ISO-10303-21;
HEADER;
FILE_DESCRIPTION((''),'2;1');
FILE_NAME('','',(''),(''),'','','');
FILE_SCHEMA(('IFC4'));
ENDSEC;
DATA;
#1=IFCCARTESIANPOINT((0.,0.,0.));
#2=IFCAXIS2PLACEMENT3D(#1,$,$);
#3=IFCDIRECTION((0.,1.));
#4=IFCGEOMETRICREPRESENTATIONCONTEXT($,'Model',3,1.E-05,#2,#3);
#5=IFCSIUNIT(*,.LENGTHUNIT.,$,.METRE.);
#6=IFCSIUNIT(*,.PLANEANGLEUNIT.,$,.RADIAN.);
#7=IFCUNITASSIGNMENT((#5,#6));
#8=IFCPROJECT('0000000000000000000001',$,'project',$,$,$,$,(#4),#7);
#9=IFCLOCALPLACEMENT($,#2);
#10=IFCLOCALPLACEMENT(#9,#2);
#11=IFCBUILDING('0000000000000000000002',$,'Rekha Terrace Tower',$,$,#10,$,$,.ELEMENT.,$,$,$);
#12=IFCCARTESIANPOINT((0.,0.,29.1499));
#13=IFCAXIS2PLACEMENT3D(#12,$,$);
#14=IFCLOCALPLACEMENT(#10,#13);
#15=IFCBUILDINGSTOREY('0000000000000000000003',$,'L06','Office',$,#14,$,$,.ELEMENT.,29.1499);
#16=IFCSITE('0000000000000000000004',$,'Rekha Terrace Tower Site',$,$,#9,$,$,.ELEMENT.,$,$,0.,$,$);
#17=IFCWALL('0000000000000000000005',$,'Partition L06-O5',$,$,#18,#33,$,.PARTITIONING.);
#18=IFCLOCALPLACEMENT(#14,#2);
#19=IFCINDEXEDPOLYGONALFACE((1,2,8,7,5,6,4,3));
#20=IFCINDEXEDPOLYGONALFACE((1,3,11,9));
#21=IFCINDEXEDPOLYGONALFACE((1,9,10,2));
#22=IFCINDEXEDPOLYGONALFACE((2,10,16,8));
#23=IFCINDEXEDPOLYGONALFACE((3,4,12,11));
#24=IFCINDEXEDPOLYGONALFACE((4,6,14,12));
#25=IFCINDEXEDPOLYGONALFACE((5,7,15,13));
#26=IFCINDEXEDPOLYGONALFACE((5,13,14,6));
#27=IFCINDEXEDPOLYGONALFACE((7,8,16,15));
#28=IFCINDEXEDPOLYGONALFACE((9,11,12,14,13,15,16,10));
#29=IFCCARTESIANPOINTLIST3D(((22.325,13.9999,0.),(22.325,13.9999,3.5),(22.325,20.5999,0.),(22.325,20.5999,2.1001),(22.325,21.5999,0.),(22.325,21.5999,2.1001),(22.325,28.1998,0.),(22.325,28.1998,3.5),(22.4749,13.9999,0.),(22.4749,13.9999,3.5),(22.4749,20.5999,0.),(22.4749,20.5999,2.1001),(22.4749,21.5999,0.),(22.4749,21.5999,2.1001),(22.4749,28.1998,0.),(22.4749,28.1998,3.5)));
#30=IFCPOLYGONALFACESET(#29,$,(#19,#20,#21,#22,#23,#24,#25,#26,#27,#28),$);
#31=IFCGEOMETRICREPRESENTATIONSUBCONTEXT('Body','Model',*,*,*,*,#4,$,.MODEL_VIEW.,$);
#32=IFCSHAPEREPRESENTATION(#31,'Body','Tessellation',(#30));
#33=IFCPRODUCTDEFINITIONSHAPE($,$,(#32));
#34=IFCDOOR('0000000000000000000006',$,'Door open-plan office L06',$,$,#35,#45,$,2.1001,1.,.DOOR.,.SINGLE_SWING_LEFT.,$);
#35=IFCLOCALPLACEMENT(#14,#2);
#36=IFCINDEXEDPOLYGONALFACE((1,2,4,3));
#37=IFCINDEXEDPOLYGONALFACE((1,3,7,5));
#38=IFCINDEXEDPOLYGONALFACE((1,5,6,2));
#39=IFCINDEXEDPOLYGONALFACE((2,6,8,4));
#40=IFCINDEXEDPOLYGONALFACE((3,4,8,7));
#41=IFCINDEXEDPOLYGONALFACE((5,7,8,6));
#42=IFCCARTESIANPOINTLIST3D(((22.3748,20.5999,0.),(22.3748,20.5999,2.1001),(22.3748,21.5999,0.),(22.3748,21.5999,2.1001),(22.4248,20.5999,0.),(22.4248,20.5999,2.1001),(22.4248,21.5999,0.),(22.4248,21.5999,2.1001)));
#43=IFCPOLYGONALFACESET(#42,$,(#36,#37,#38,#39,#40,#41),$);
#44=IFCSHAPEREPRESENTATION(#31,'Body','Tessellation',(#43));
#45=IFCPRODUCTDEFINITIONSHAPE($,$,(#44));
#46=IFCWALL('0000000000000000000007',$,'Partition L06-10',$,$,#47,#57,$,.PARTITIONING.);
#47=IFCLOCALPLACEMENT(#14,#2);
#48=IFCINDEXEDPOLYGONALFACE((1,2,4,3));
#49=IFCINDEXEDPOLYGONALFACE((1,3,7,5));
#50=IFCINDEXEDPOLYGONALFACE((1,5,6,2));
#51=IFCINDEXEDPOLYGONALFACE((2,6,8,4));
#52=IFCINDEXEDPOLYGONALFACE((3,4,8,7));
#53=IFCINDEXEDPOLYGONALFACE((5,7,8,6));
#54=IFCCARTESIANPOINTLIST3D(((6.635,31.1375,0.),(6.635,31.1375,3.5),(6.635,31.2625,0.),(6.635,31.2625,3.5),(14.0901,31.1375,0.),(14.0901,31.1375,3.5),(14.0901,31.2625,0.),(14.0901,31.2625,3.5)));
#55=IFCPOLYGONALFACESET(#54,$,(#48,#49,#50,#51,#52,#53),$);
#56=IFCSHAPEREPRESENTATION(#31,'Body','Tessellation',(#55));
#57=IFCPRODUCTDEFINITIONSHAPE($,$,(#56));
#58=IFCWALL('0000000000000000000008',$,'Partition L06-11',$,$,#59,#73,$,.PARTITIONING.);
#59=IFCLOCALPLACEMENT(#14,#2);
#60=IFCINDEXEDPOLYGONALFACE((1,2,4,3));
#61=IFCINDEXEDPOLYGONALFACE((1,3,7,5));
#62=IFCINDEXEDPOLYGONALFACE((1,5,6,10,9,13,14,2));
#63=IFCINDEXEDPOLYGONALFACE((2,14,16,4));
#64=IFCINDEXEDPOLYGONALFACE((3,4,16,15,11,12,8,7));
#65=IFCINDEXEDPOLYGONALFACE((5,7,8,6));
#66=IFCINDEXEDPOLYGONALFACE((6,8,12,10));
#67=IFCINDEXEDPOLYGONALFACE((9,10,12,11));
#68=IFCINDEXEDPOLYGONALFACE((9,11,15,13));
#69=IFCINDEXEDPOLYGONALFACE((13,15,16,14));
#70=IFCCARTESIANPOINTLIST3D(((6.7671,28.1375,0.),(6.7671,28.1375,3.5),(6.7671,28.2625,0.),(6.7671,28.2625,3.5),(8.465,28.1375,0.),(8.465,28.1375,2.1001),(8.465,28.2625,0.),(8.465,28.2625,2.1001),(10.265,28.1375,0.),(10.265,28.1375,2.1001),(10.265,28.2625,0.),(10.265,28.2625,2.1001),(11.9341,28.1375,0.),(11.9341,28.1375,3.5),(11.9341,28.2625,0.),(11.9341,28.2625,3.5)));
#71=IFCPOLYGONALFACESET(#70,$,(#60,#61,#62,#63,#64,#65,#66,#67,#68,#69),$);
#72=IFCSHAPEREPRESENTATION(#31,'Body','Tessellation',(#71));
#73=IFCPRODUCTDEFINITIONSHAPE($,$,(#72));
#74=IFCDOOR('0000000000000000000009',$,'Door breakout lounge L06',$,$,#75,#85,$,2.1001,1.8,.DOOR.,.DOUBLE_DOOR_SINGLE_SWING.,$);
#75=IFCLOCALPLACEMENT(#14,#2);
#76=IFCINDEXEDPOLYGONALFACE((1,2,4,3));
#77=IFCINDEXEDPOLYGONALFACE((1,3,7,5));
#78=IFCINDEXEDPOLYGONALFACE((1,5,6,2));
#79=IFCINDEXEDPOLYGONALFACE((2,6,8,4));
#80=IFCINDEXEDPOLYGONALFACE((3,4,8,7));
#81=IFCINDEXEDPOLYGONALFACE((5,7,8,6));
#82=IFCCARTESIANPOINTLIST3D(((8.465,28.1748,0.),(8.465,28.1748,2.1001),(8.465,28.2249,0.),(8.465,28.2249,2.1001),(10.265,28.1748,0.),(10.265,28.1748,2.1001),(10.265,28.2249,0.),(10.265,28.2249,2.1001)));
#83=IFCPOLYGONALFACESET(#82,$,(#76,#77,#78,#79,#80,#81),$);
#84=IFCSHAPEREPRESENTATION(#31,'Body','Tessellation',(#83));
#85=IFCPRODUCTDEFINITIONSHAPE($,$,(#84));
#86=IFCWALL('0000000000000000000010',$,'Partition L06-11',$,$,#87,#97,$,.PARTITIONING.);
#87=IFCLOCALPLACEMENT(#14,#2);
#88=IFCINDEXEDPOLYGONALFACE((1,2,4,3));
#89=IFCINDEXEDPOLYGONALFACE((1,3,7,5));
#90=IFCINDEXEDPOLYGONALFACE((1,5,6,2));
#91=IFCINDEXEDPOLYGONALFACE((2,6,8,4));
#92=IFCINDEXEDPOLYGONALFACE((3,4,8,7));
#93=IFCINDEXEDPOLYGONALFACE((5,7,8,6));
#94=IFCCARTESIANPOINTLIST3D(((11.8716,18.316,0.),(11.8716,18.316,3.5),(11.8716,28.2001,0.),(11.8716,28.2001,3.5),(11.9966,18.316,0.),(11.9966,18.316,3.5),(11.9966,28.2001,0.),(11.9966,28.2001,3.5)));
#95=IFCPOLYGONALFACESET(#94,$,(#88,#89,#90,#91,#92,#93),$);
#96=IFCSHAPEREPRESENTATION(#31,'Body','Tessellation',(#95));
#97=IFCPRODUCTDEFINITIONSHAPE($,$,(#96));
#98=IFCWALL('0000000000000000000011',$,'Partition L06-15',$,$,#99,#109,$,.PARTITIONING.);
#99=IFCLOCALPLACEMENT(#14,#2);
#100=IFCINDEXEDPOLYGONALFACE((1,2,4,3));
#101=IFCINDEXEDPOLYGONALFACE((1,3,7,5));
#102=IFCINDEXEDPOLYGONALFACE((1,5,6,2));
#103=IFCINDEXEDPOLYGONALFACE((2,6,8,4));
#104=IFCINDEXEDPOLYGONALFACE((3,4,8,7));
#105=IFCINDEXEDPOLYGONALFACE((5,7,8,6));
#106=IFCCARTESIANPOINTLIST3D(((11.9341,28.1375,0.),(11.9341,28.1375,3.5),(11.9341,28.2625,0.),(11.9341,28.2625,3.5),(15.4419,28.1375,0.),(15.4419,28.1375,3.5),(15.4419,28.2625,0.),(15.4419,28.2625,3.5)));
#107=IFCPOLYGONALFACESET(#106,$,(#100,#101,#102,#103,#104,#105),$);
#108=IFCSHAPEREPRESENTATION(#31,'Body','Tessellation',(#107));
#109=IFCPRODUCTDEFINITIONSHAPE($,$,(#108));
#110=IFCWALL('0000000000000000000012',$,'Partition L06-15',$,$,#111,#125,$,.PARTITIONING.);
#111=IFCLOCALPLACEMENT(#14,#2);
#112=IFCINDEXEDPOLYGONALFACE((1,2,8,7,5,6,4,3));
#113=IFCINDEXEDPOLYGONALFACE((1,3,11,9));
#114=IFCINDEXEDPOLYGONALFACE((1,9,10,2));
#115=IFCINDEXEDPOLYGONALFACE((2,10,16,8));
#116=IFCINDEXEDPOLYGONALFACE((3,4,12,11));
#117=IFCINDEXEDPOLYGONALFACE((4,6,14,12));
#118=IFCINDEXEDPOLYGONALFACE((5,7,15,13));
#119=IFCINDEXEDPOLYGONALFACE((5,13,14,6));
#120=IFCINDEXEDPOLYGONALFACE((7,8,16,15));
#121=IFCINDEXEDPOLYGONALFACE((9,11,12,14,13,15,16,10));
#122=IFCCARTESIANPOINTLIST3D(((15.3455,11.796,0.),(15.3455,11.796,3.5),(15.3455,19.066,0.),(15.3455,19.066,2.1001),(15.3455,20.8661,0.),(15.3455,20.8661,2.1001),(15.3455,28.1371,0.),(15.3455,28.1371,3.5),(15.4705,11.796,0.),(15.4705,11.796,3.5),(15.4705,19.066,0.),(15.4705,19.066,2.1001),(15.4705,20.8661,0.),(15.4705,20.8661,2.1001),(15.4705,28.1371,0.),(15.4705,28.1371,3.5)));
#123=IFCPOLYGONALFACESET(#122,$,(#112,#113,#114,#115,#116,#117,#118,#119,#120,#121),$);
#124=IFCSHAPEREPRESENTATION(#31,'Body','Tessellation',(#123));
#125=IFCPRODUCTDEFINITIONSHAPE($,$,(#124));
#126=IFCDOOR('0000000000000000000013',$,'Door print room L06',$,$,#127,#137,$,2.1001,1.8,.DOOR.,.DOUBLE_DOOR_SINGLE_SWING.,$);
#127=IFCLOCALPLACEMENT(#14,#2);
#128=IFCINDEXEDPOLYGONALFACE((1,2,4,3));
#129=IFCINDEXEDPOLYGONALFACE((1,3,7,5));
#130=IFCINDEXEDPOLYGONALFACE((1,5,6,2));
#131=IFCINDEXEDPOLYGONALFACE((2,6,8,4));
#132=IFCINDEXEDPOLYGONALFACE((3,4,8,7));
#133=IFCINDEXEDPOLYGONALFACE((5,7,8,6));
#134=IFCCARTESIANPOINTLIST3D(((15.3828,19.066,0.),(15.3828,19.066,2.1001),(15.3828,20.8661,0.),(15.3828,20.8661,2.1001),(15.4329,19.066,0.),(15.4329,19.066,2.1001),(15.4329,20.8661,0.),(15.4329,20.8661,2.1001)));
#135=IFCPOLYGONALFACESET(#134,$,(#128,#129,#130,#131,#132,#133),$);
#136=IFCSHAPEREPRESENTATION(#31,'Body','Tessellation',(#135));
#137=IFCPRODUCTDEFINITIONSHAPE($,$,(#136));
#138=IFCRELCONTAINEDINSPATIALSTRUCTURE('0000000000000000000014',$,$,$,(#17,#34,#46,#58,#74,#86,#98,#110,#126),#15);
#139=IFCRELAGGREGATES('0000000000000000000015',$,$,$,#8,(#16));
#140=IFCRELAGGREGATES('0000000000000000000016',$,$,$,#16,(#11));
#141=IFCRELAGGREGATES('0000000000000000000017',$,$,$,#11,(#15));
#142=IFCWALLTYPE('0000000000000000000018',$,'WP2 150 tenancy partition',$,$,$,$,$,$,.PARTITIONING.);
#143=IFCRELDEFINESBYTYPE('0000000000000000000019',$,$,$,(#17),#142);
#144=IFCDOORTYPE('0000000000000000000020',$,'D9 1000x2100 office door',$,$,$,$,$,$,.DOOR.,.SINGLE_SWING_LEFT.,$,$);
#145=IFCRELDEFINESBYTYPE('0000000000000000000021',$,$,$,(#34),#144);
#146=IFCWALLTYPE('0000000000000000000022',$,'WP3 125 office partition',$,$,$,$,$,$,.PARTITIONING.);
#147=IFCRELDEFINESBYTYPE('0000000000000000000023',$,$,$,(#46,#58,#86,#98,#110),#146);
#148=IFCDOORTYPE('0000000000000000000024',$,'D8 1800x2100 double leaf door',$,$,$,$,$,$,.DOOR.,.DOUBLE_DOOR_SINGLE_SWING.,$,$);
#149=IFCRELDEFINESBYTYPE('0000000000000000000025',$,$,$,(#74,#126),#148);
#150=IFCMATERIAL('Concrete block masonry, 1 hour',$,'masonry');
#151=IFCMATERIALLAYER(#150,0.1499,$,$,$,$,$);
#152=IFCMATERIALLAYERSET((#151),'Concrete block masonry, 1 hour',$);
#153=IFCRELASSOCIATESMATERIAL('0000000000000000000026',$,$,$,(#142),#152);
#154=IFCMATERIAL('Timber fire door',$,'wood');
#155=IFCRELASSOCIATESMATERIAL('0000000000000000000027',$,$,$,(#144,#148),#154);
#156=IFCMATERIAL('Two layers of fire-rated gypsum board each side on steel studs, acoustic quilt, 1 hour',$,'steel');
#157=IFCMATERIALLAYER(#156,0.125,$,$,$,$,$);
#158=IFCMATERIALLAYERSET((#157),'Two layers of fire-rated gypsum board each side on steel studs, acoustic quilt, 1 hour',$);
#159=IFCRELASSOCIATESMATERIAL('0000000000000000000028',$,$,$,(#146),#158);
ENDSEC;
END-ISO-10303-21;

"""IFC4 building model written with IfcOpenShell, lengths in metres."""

from ifc_helpers import new_model, si_unit, direction, frame, frame_2d, origin, place, context, subcontext, project, spatial, rectangle, extrude, material, layer, layer_set, type_object, element, fill, save


model = new_model("IFC4")

# Units and contexts
model_context = context("Model", 3, precision=1e-05, world=origin(), true_north=direction((0.0, 1.0)))
body_context = subcontext(model_context, "Body", "Model", "MODEL_VIEW")
ifc_project = project(units=[si_unit("LENGTHUNIT", "METRE"), si_unit("PLANEANGLEUNIT", "RADIAN")], contexts=[model_context])

# Site, building, storey
site_placement = place(None, origin())
site = spatial("IfcSite", under=ifc_project, at=site_placement, Name="Rekha Terrace Tower Site", CompositionType="ELEMENT", RefElevation=0.0)
building_placement = place(site_placement, origin())
building = spatial("IfcBuilding", under=site, at=building_placement, Name="Rekha Terrace Tower", CompositionType="ELEMENT")
storey_placement = place(building_placement, frame((0.0, 0.0, 29.1499)))
storey = spatial("IfcBuildingStorey", under=building, at=storey_placement, Name="L06", Description="Office", CompositionType="ELEMENT", Elevation=29.1499)

# Shared definitions
ifc_material_1 = material(Name="Concrete block masonry, 1 hour", Category="masonry")
ifc_layer_1 = layer(ifc_material_1, 0.1499)
ifc_layer_set_1 = layer_set([ifc_layer_1], Name="Concrete block masonry, 1 hour")
wall_type_1 = type_object("IfcWallType", Name="WP2 150 tenancy partition", PredefinedType="PARTITIONING", material=ifc_layer_set_1)

# Wall, opening, door
wall_1_placement = place(storey_placement, frame((22.3999, 28.2, 0.0), z_axis=(0.0, 0.0, 1.0), x_axis=(0.0, -1.0, 0.0)))
wall_1 = element("IfcWall", 1, at=wall_1_placement, inside=storey, type_object=wall_type_1, Name="Partition L06-O5", PredefinedType="PARTITIONING", context=body_context, shape_type="SweptSolid", body=[
    extrude(rectangle(XDim=14.2, YDim=0.1499, at=frame_2d((7.1001, 0.0))), origin(), (0.0, 0.0, 1.0), 3.5),
])
opening_1_placement = place(wall_1_placement, frame((6.6001, 0.0, 0.0)))
opening_1 = element("IfcOpeningElement", 2, at=opening_1_placement, cuts=wall_1, PredefinedType="OPENING", context=body_context, shape_type="SweptSolid", body=[
    extrude(rectangle(XDim=1.0, YDim=2.1001, at=frame_2d((0.5, 1.05))), frame((0.0, 0.085, 0.0), z_axis=(0.0, -1.0, 0.0), x_axis=(1.0, 0.0, 0.0)), (0.0, 0.0, 1.0), 0.1699),
])
ifc_material_2 = material(Name="Timber fire door", Category="wood")
door_type_1 = type_object("IfcDoorType", Name="D9 1000x2100 office door", OperationType="SINGLE_SWING_LEFT", PredefinedType="DOOR", material=ifc_material_2)
door_1_placement = place(opening_1_placement, origin())
door_1 = element("IfcDoor", 3, at=door_1_placement, inside=storey, type_object=door_type_1, Name="Door open-plan office L06", OperationType="SINGLE_SWING_LEFT", OverallHeight=2.1001, OverallWidth=1.0, PredefinedType="DOOR", context=body_context, shape_type="SweptSolid", body=[
    extrude(rectangle(XDim=1.0, YDim=2.1001, at=frame_2d((0.5, 1.05))), frame((0.0, 0.0249, 0.0), z_axis=(0.0, -1.0, 0.0), x_axis=(1.0, 0.0, 0.0)), (0.0, 0.0, 1.0), 0.05),
])
fill(opening_1, door_1)

# Wall
ifc_material_3 = material(Name="Two layers of fire-rated gypsum board each side on steel studs, acoustic quilt, 1 hour", Category="steel")
ifc_layer_2 = layer(ifc_material_3, 0.125)
ifc_layer_set_2 = layer_set([ifc_layer_2], Name="Two layers of fire-rated gypsum board each side on steel studs, acoustic quilt, 1 hour")
wall_type_2 = type_object("IfcWallType", Name="WP3 125 office partition", PredefinedType="PARTITIONING", material=ifc_layer_set_2)
wall_2_placement = place(storey_placement, frame((14.0901, 31.2, 0.0), z_axis=(0.0, 0.0, 1.0), x_axis=(-1.0, 0.0, 0.0)))
element("IfcWall", 4, at=wall_2_placement, inside=storey, type_object=wall_type_2, Name="Partition L06-10", PredefinedType="PARTITIONING", context=body_context, shape_type="SweptSolid", body=[
    extrude(rectangle(XDim=7.4551, YDim=0.125, at=frame_2d((3.7275, 0.0))), origin(), (0.0, 0.0, 1.0), 3.5),
])

# Wall, opening, door
wall_3_placement = place(storey_placement, frame((6.7671, 28.2, 0.0), z_axis=(0.0, 0.0, 1.0), x_axis=(1.0, 0.0, 0.0)))
wall_3 = element("IfcWall", 5, at=wall_3_placement, inside=storey, type_object=wall_type_2, Name="Partition L06-11", PredefinedType="PARTITIONING", context=body_context, shape_type="SweptSolid", body=[
    extrude(rectangle(XDim=5.167, YDim=0.125, at=frame_2d((2.5835, 0.0))), origin(), (0.0, 0.0, 1.0), 3.5),
])
opening_2_placement = place(wall_3_placement, frame((1.698, 0.0, 0.0)))
opening_2 = element("IfcOpeningElement", 6, at=opening_2_placement, cuts=wall_3, PredefinedType="OPENING", context=body_context, shape_type="SweptSolid", body=[
    extrude(rectangle(XDim=1.8, YDim=2.1001, at=frame_2d((0.8999, 1.05))), frame((0.0, 0.0725, 0.0), z_axis=(0.0, -1.0, 0.0), x_axis=(1.0, 0.0, 0.0)), (0.0, 0.0, 1.0), 0.145),
])
door_type_2 = type_object("IfcDoorType", Name="D8 1800x2100 double leaf door", OperationType="DOUBLE_DOOR_SINGLE_SWING", PredefinedType="DOOR", material=ifc_material_2)
door_2_placement = place(opening_2_placement, origin())
door_2 = element("IfcDoor", 7, at=door_2_placement, inside=storey, type_object=door_type_2, Name="Door breakout lounge L06", OperationType="DOUBLE_DOOR_SINGLE_SWING", OverallHeight=2.1001, OverallWidth=1.8, PredefinedType="DOOR", context=body_context, shape_type="SweptSolid", body=[
    extrude(rectangle(XDim=1.8, YDim=2.1001, at=frame_2d((0.8999, 1.05))), frame((0.0, 0.0249, 0.0), z_axis=(0.0, -1.0, 0.0), x_axis=(1.0, 0.0, 0.0)), (0.0, 0.0, 1.0), 0.05),
])
fill(opening_2, door_2)

# Walls
wall_4_placement = place(storey_placement, frame((11.9341, 28.2, 0.0), z_axis=(0.0, 0.0, 1.0), x_axis=(0.0, -1.0, 0.0)))
element("IfcWall", 8, at=wall_4_placement, inside=storey, type_object=wall_type_2, Name="Partition L06-11", PredefinedType="PARTITIONING", context=body_context, shape_type="SweptSolid", body=[
    extrude(rectangle(XDim=9.884, YDim=0.125, at=frame_2d((4.9419, 0.0))), origin(), (0.0, 0.0, 1.0), 3.5),
])
wall_5_placement = place(storey_placement, frame((11.9341, 28.2, 0.0), z_axis=(0.0, 0.0, 1.0), x_axis=(1.0, 0.0, 0.0)))
element("IfcWall", 9, at=wall_5_placement, inside=storey, type_object=wall_type_2, Name="Partition L06-15", PredefinedType="PARTITIONING", context=body_context, shape_type="SweptSolid", body=[
    extrude(rectangle(XDim=3.5078, YDim=0.125, at=frame_2d((1.7539, 0.0))), origin(), (0.0, 0.0, 1.0), 3.5),
])

# Wall, opening, door
wall_6_placement = place(storey_placement, frame((15.408, 28.137, 0.0), z_axis=(0.0, 0.0, 1.0), x_axis=(0.0, -1.0, 0.0)))
wall_6 = element("IfcWall", 10, at=wall_6_placement, inside=storey, type_object=wall_type_2, Name="Partition L06-15", PredefinedType="PARTITIONING", context=body_context, shape_type="SweptSolid", body=[
    extrude(rectangle(XDim=16.3411, YDim=0.125, at=frame_2d((8.1704, 0.0))), origin(), (0.0, 0.0, 1.0), 3.5),
])
opening_3_placement = place(wall_6_placement, frame((7.271, 0.0, 0.0)))
opening_3 = element("IfcOpeningElement", 11, at=opening_3_placement, cuts=wall_6, PredefinedType="OPENING", context=body_context, shape_type="SweptSolid", body=[
    extrude(rectangle(XDim=1.8, YDim=2.1001, at=frame_2d((0.8999, 1.05))), frame((0.0, 0.0725, 0.0), z_axis=(0.0, -1.0, 0.0), x_axis=(1.0, 0.0, 0.0)), (0.0, 0.0, 1.0), 0.145),
])
door_3_placement = place(opening_3_placement, origin())
door_3 = element("IfcDoor", 12, at=door_3_placement, inside=storey, type_object=door_type_2, Name="Door print room L06", OperationType="DOUBLE_DOOR_SINGLE_SWING", OverallHeight=2.1001, OverallWidth=1.8, PredefinedType="DOOR", context=body_context, shape_type="SweptSolid", body=[
    extrude(rectangle(XDim=1.8, YDim=2.1001, at=frame_2d((0.8999, 1.05))), frame((0.0, 0.0249, 0.0), z_axis=(0.0, -1.0, 0.0), x_axis=(1.0, 0.0, 0.0)), (0.0, 0.0, 1.0), 0.05),
])
fill(opening_3, door_3)

save(model, "model.ifc")
